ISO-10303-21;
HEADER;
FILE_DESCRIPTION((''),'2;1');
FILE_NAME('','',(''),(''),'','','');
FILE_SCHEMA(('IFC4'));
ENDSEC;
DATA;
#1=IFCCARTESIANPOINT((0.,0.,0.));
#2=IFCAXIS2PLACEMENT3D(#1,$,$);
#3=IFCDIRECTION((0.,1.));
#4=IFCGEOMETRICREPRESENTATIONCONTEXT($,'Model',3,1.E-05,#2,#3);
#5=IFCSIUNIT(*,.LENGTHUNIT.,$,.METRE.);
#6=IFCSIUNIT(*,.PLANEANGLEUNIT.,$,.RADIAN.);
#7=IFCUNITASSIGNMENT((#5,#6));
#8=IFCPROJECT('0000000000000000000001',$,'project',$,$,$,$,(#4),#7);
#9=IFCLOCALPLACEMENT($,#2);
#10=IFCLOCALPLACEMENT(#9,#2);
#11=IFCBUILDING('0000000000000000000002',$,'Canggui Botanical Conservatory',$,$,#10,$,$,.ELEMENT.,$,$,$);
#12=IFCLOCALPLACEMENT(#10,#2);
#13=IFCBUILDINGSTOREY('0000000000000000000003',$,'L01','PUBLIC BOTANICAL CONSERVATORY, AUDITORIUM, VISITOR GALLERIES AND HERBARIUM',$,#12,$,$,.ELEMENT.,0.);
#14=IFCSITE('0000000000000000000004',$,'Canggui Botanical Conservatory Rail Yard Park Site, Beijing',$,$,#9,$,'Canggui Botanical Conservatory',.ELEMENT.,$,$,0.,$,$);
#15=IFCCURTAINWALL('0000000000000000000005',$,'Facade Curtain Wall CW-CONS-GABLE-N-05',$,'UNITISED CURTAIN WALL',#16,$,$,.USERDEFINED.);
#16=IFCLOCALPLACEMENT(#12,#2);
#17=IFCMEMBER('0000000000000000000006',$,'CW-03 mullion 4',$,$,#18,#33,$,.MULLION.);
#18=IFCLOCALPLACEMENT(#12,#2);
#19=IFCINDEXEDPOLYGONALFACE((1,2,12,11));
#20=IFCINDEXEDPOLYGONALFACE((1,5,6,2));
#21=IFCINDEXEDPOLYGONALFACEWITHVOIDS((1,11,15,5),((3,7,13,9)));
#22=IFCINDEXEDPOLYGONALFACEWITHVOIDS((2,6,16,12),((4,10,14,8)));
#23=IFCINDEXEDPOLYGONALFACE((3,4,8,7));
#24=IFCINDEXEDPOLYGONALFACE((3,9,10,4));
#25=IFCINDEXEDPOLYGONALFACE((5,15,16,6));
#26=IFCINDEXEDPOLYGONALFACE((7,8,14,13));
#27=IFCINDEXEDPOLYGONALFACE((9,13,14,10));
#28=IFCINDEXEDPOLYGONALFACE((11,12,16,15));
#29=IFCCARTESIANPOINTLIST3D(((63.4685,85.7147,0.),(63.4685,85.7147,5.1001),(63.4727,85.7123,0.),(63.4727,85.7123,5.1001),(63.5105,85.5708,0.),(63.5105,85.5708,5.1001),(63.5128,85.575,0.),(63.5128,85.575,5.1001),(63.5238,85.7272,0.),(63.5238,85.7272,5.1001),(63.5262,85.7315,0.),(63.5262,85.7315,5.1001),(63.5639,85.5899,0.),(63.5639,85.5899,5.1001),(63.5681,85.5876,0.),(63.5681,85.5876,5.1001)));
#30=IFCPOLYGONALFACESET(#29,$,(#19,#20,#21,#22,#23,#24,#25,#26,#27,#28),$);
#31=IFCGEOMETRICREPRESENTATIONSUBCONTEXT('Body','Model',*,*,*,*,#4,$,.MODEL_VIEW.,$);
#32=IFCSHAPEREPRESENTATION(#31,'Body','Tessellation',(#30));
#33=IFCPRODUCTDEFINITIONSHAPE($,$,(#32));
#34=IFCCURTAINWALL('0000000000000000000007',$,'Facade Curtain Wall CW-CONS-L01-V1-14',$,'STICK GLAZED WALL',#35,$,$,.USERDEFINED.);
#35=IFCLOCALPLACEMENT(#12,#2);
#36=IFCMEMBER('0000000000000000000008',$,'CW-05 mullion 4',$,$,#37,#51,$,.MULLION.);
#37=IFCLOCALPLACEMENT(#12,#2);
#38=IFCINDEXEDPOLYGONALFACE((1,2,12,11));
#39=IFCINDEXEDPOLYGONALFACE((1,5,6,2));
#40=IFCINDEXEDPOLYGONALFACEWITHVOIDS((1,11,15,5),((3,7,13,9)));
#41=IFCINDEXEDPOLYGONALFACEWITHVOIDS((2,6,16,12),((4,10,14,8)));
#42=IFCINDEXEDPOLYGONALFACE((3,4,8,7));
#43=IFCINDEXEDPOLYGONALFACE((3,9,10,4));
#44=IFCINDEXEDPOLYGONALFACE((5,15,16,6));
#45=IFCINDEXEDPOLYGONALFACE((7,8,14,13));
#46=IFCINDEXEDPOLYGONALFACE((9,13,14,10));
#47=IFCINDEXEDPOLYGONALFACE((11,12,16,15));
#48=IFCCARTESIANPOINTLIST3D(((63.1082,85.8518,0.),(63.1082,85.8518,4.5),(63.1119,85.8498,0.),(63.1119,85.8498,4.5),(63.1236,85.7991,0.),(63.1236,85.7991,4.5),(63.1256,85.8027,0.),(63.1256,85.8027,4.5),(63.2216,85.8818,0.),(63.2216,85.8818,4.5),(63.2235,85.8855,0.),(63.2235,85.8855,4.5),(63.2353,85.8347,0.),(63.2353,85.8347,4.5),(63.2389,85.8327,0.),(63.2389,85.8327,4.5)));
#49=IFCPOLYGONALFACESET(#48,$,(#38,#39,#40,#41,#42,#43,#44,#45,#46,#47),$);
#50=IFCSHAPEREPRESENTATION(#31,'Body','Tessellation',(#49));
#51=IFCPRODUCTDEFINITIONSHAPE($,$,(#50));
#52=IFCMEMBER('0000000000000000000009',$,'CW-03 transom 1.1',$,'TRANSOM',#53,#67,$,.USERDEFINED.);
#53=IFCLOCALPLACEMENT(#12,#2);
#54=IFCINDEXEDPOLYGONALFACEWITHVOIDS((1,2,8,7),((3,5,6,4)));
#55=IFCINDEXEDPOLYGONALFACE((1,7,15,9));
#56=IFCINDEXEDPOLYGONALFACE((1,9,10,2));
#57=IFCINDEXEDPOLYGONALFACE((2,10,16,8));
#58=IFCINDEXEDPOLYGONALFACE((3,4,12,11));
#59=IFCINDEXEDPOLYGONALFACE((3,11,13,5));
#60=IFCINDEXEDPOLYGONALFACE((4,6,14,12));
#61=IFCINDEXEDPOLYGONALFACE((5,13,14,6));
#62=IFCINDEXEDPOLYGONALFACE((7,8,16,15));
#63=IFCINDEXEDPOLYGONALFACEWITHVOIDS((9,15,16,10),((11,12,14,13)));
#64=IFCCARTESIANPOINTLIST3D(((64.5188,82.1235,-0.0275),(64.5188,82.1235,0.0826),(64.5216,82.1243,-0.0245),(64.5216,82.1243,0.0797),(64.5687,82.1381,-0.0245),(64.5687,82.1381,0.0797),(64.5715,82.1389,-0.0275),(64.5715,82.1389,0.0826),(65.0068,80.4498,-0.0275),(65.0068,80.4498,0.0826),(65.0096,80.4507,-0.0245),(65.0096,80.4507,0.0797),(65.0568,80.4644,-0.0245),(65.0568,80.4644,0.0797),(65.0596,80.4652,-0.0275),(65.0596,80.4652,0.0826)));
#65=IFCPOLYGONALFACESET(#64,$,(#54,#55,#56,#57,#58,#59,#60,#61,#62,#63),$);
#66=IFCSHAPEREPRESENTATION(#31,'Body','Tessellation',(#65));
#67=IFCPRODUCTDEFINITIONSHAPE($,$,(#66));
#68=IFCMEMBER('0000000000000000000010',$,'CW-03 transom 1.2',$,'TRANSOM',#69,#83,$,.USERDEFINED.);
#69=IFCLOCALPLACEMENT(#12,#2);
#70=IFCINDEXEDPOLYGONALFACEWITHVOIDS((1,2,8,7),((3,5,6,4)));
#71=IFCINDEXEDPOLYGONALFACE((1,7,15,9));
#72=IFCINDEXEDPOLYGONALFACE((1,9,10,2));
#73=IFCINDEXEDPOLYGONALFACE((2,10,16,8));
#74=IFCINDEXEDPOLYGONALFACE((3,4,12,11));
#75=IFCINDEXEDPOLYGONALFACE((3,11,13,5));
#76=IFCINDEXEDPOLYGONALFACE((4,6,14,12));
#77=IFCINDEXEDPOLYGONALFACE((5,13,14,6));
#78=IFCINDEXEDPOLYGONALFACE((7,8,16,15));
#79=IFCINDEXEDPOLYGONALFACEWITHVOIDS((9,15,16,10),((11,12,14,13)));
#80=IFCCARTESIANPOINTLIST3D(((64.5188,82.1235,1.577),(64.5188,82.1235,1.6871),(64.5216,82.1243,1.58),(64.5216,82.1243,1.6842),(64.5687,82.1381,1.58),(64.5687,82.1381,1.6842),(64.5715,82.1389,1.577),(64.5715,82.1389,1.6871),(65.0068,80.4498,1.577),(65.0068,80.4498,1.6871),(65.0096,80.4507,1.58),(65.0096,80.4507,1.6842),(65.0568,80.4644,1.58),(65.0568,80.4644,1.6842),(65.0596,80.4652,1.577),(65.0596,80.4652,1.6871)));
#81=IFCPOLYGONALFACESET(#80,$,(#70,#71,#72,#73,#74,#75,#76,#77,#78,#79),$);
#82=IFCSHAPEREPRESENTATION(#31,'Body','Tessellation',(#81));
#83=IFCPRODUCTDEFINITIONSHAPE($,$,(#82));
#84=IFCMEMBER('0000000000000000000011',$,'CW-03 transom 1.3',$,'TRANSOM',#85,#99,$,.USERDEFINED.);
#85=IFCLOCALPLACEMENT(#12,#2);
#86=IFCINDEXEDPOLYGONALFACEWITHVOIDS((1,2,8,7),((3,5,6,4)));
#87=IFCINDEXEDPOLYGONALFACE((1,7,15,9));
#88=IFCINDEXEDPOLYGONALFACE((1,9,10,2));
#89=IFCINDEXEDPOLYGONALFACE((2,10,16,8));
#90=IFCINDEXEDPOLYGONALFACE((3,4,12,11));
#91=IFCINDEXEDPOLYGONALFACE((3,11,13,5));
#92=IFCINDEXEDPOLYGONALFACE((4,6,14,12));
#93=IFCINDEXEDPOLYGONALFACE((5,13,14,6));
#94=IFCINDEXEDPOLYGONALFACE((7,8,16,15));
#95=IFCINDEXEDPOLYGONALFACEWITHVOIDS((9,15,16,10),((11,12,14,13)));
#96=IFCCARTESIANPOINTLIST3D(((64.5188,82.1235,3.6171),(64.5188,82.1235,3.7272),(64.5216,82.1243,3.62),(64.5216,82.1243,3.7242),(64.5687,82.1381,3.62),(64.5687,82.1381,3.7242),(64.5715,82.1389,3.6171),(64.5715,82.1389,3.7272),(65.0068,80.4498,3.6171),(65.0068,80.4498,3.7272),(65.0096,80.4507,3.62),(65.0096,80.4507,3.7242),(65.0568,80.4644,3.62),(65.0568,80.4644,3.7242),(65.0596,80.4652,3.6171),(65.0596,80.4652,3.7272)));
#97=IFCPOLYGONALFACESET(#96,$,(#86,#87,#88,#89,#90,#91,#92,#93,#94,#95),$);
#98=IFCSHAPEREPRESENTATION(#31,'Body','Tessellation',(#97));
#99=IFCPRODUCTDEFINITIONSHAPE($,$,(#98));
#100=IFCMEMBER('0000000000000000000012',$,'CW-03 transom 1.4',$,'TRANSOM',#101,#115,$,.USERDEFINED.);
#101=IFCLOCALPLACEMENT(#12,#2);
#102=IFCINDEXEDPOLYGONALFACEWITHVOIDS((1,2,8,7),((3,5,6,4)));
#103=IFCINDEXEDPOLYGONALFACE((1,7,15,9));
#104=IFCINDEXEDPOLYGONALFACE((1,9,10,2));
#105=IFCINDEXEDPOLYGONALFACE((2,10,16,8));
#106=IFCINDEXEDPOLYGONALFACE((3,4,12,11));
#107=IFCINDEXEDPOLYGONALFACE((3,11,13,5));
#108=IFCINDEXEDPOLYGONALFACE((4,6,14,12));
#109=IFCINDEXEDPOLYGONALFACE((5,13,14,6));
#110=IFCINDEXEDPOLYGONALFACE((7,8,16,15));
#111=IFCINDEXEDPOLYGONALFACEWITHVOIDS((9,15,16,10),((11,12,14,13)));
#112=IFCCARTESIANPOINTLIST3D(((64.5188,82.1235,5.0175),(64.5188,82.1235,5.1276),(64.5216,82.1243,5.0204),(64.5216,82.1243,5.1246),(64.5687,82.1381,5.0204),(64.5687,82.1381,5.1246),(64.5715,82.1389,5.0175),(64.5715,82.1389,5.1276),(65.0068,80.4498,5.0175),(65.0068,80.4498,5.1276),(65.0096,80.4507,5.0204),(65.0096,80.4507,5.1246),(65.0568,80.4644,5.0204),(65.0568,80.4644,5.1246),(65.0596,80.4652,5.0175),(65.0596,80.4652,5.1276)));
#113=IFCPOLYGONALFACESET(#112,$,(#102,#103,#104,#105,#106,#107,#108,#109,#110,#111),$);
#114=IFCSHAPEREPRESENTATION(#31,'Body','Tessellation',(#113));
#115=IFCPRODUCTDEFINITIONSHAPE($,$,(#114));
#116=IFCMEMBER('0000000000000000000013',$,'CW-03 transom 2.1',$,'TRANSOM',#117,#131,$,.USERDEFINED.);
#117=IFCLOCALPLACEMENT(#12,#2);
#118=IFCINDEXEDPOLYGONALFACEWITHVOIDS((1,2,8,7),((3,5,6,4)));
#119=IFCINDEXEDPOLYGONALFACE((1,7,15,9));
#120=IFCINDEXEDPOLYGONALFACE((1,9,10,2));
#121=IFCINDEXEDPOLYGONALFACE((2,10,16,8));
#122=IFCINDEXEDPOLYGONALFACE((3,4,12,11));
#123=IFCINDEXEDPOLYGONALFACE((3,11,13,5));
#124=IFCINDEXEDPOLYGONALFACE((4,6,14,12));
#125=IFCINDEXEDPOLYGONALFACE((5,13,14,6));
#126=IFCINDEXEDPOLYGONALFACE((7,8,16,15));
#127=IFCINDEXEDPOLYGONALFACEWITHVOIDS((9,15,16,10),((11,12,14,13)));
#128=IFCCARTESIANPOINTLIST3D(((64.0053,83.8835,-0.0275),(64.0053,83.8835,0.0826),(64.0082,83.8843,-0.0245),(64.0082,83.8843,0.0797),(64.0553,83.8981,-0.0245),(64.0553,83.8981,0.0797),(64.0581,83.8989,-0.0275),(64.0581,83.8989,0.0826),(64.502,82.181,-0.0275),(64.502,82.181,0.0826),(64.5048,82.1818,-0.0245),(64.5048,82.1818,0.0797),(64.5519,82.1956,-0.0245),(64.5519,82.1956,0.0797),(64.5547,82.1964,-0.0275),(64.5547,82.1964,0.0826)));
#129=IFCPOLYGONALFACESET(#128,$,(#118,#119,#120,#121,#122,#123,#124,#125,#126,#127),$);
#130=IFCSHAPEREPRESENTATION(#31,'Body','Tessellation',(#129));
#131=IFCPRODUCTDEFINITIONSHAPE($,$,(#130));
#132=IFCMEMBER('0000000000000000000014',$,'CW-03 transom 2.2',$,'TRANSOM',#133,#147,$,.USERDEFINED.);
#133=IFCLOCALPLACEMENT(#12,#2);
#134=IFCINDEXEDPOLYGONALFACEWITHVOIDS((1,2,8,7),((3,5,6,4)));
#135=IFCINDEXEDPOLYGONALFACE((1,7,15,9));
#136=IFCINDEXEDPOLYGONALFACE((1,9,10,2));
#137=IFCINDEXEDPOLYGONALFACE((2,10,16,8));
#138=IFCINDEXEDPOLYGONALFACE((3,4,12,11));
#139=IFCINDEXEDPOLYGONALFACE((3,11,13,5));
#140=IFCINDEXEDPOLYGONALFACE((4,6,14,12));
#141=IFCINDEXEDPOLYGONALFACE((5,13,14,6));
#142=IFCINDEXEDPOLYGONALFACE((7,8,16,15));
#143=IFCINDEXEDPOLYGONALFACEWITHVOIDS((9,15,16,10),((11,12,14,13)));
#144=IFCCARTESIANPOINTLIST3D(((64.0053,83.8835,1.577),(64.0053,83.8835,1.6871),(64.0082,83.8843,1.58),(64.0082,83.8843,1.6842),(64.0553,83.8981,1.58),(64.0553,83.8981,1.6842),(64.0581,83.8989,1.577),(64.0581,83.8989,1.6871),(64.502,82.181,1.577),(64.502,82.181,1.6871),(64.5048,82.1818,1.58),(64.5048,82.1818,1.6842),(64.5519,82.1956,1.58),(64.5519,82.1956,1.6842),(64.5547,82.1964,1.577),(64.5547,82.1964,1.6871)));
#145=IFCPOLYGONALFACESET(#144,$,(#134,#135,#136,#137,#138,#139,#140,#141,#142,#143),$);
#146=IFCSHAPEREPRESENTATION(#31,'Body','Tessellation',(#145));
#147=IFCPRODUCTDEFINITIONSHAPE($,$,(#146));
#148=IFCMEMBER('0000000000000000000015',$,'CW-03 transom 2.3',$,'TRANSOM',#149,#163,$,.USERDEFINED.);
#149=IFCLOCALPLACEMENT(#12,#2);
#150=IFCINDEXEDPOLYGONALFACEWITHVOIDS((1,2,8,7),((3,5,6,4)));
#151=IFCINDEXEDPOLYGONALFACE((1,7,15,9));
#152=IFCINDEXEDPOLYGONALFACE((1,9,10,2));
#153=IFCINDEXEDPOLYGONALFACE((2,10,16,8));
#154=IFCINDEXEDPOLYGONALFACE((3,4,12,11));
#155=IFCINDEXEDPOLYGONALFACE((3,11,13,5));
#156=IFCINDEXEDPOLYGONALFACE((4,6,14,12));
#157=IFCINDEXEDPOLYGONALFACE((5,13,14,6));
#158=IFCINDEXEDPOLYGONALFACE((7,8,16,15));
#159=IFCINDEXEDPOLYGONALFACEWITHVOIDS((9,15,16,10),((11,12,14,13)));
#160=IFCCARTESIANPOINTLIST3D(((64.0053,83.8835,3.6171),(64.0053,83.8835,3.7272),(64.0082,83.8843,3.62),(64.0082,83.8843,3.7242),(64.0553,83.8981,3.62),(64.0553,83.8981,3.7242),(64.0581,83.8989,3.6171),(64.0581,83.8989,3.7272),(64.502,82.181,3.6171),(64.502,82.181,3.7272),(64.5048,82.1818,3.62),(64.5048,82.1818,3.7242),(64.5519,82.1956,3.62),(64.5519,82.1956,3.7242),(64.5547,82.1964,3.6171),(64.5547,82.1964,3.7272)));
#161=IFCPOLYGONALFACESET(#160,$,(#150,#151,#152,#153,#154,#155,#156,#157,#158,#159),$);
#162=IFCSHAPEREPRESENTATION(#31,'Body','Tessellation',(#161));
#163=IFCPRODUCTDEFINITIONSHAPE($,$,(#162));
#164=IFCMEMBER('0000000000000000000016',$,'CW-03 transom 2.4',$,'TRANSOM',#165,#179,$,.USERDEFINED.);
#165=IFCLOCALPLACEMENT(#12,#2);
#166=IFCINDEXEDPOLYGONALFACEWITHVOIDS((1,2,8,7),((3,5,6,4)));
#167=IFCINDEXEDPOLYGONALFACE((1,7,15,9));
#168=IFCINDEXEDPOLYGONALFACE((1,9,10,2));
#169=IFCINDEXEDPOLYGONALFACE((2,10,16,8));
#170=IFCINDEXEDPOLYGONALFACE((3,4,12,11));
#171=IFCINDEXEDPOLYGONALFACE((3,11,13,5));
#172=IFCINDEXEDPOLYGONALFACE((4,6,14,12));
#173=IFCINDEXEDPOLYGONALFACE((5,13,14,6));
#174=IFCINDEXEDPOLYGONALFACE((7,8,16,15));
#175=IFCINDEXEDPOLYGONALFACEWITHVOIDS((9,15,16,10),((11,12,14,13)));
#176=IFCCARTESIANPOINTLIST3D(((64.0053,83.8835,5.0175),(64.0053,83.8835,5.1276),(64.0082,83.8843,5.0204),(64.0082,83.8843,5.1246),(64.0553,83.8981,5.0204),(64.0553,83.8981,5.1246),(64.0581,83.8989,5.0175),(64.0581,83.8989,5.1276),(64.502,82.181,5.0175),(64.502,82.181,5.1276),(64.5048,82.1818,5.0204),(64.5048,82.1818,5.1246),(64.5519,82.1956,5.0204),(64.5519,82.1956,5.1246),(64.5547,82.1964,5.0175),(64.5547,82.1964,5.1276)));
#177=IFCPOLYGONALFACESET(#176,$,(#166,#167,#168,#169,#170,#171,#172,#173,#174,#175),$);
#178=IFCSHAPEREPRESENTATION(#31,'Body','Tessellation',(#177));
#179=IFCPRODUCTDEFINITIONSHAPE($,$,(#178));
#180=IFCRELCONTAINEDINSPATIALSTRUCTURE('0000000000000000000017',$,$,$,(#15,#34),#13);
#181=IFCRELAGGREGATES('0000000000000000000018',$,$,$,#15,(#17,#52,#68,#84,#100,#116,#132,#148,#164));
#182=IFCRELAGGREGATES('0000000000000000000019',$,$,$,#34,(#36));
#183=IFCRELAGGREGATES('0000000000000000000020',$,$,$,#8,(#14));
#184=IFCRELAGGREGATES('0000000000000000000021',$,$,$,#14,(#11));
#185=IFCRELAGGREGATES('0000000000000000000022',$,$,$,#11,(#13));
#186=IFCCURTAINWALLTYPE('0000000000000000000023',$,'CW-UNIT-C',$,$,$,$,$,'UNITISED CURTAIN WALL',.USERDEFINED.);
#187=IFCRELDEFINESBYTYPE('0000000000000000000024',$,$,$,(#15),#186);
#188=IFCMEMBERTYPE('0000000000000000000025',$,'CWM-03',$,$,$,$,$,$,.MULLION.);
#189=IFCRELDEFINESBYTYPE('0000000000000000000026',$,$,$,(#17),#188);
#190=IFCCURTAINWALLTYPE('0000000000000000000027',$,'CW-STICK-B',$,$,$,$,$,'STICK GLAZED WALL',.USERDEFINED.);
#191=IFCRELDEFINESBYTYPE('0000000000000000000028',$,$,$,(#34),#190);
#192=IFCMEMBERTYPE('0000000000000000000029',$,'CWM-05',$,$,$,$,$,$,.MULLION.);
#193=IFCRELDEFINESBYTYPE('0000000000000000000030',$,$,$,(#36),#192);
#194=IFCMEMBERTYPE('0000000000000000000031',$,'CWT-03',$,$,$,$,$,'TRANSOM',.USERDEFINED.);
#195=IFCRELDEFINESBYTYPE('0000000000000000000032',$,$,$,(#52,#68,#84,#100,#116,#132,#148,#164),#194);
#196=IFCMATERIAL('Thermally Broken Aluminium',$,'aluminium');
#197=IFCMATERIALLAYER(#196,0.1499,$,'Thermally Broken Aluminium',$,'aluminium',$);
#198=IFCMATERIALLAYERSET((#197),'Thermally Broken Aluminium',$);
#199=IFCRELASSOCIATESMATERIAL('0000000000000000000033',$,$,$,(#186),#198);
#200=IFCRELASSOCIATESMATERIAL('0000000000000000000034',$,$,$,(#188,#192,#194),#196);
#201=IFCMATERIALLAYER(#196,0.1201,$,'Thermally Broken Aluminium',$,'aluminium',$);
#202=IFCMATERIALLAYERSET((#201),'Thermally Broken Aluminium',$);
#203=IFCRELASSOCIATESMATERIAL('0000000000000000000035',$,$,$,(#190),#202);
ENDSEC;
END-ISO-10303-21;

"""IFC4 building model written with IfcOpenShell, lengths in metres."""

from ifc_helpers import new_model, si_unit, direction, frame, origin, origin_2d, place, context, subcontext, project, spatial, hollow_rectangle, extrude, material, layer, layer_set, material_profile, profile_set, type_object, element, aggregate, save


model = new_model("IFC4")

# Units and contexts
model_context = context("Model", 3, precision=1e-05, world=origin(), true_north=direction((0.0, 1.0)))
body_context = subcontext(model_context, "Body", "Model", "MODEL_VIEW")
ifc_project = project(units=[si_unit("LENGTHUNIT", "METRE"), si_unit("PLANEANGLEUNIT", "RADIAN")], contexts=[model_context])

# Site, building, storey
site_placement = place(None, origin())
site = spatial("IfcSite", under=ifc_project, at=site_placement, Name="Canggui Botanical Conservatory Rail Yard Park Site, Beijing", LongName="Canggui Botanical Conservatory", CompositionType="ELEMENT", RefElevation=0.0)
building_placement = place(site_placement, origin())
building = spatial("IfcBuilding", under=site, at=building_placement, Name="Canggui Botanical Conservatory", CompositionType="ELEMENT")
storey_placement = place(building_placement, origin())
storey = spatial("IfcBuildingStorey", under=building, at=storey_placement, Name="L01", Description="PUBLIC BOTANICAL CONSERVATORY, AUDITORIUM, VISITOR GALLERIES AND HERBARIUM", CompositionType="ELEMENT", Elevation=0.0)

# Curtain wall, member
ifc_material_1 = material(Name="Thermally Broken Aluminium", Category="aluminium")
ifc_layer_1 = layer(ifc_material_1, 0.1499, Name="Thermally Broken Aluminium", Category="aluminium")
ifc_layer_set_1 = layer_set([ifc_layer_1], Name="Thermally Broken Aluminium")
curtain_wall_type_1 = type_object("IfcCurtainWallType", Name="CW-UNIT-C", ElementType="UNITISED CURTAIN WALL", PredefinedType="USERDEFINED", material=ifc_layer_set_1)
curtain_wall_1_placement = place(storey_placement, origin())
curtain_wall_1 = element("IfcCurtainWall", 1, at=curtain_wall_1_placement, inside=storey, type_object=curtain_wall_type_1, Name="Facade Curtain Wall CW-CONS-GABLE-N-05", ObjectType="UNITISED CURTAIN WALL", PredefinedType="USERDEFINED")
ifc_material_profile_1 = material_profile(ifc_material_1, hollow_rectangle(XDim=0.0601, YDim=0.1499, WallThickness=0.0034, at=origin_2d()), Name="CWM 60x150x3.5")
ifc_profile_set_1 = profile_set([ifc_material_profile_1], Name="Thermally Broken Aluminium")
member_type_1 = type_object("IfcMemberType", Name="CWM-03", PredefinedType="MULLION", material=ifc_profile_set_1)
member_1_placement = place(storey_placement, frame((63.5183, 85.6511, 0.0), z_axis=(0.0, 0.0, 1.0), x_axis=(-0.96, -0.28, 0.0)))
member_1 = element("IfcMember", 2, at=member_1_placement, type_object=member_type_1, Name="CW-03 mullion 4", PredefinedType="MULLION", context=body_context, shape_type="SweptSolid", body=[
    extrude(hollow_rectangle(XDim=0.0601, YDim=0.1499, WallThickness=0.0034, at=origin_2d()), origin(), (0.0, 0.0, 1.0), 5.1001),
])

# Curtain wall, member
ifc_layer_2 = layer(ifc_material_1, 0.1201, Name="Thermally Broken Aluminium", Category="aluminium")
ifc_layer_set_2 = layer_set([ifc_layer_2], Name="Thermally Broken Aluminium")
curtain_wall_type_2 = type_object("IfcCurtainWallType", Name="CW-STICK-B", ElementType="STICK GLAZED WALL", PredefinedType="USERDEFINED", material=ifc_layer_set_2)
curtain_wall_2_placement = place(storey_placement, origin())
curtain_wall_2 = element("IfcCurtainWall", 3, at=curtain_wall_2_placement, inside=storey, type_object=curtain_wall_type_2, Name="Facade Curtain Wall CW-CONS-L01-V1-14", ObjectType="STICK GLAZED WALL", PredefinedType="USERDEFINED")
ifc_material_profile_2 = material_profile(ifc_material_1, hollow_rectangle(XDim=0.0549, YDim=0.1201, WallThickness=0.0029, at=origin_2d()), Name="CWM 55x120x3")
ifc_profile_set_2 = profile_set([ifc_material_profile_2], Name="Thermally Broken Aluminium")
member_type_2 = type_object("IfcMemberType", Name="CWM-05", PredefinedType="MULLION", material=ifc_profile_set_2)
member_2_placement = place(storey_placement, frame((63.1736, 85.8423, 0.0), z_axis=(0.0, 0.0, 1.0), x_axis=(-0.28, 0.96, 0.0)))
member_2 = element("IfcMember", 4, at=member_2_placement, type_object=member_type_2, Name="CW-05 mullion 4", PredefinedType="MULLION", context=body_context, shape_type="SweptSolid", body=[
    extrude(hollow_rectangle(XDim=0.0549, YDim=0.1201, WallThickness=0.0029, at=origin_2d()), origin(), (0.0, 0.0, 1.0), 4.5),
])

# Members
ifc_material_profile_3 = material_profile(ifc_material_1, hollow_rectangle(XDim=0.0549, YDim=0.1101, WallThickness=0.0029, at=origin_2d()), Name="CWT 55x110x3")
ifc_profile_set_3 = profile_set([ifc_material_profile_3], Name="Thermally Broken Aluminium")
member_type_3 = type_object("IfcMemberType", Name="CWT-03", ElementType="TRANSOM", PredefinedType="USERDEFINED", material=ifc_profile_set_3)
member_3_placement = place(storey_placement, frame((65.0332, 80.4575, 0.0276), z_axis=(-0.279952, 0.960014, 0.0), x_axis=(-0.960014, -0.279952, 0.0)))
member_3 = element("IfcMember", 5, at=member_3_placement, type_object=member_type_3, Name="CW-03 transom 1.1", ObjectType="TRANSOM", PredefinedType="USERDEFINED", context=body_context, shape_type="SweptSolid", body=[
    extrude(hollow_rectangle(XDim=0.0549, YDim=0.1101, WallThickness=0.0029, at=origin_2d()), origin(), (0.0, 0.0, 1.0), 1.7434),
])
member_4_placement = place(storey_placement, frame((65.0332, 80.4575, 1.6321), z_axis=(-0.279952, 0.960014, 0.0), x_axis=(-0.960014, -0.279952, 0.0)))
member_4 = element("IfcMember", 6, at=member_4_placement, type_object=member_type_3, Name="CW-03 transom 1.2", ObjectType="TRANSOM", PredefinedType="USERDEFINED", context=body_context, shape_type="SweptSolid", body=[
    extrude(hollow_rectangle(XDim=0.0549, YDim=0.1101, WallThickness=0.0029, at=origin_2d()), origin(), (0.0, 0.0, 1.0), 1.7434),
])
member_5_placement = place(storey_placement, frame((65.0332, 80.4575, 3.6721), z_axis=(-0.279952, 0.960014, 0.0), x_axis=(-0.960014, -0.279952, 0.0)))
member_5 = element("IfcMember", 7, at=member_5_placement, type_object=member_type_3, Name="CW-03 transom 1.3", ObjectType="TRANSOM", PredefinedType="USERDEFINED", context=body_context, shape_type="SweptSolid", body=[
    extrude(hollow_rectangle(XDim=0.0549, YDim=0.1101, WallThickness=0.0029, at=origin_2d()), origin(), (0.0, 0.0, 1.0), 1.7434),
])
member_6_placement = place(storey_placement, frame((65.0332, 80.4575, 5.0725), z_axis=(-0.279952, 0.960014, 0.0), x_axis=(-0.960014, -0.279952, 0.0)))
member_6 = element("IfcMember", 8, at=member_6_placement, type_object=member_type_3, Name="CW-03 transom 1.4", ObjectType="TRANSOM", PredefinedType="USERDEFINED", context=body_context, shape_type="SweptSolid", body=[
    extrude(hollow_rectangle(XDim=0.0549, YDim=0.1101, WallThickness=0.0029, at=origin_2d()), origin(), (0.0, 0.0, 1.0), 1.7434),
])
member_7_placement = place(storey_placement, frame((64.5283, 82.1887, 0.0276), z_axis=(-0.280026, 0.959992, 0.0), x_axis=(-0.959992, -0.280026, 0.0)))
member_7 = element("IfcMember", 9, at=member_7_placement, type_object=member_type_3, Name="CW-03 transom 2.1", ObjectType="TRANSOM", PredefinedType="USERDEFINED", context=body_context, shape_type="SweptSolid", body=[
    extrude(hollow_rectangle(XDim=0.0549, YDim=0.1101, WallThickness=0.0029, at=origin_2d()), origin(), (0.0, 0.0, 1.0), 1.7734),
])
member_8_placement = place(storey_placement, frame((64.5283, 82.1887, 1.6321), z_axis=(-0.280026, 0.959992, 0.0), x_axis=(-0.959992, -0.280026, 0.0)))
member_8 = element("IfcMember", 10, at=member_8_placement, type_object=member_type_3, Name="CW-03 transom 2.2", ObjectType="TRANSOM", PredefinedType="USERDEFINED", context=body_context, shape_type="SweptSolid", body=[
    extrude(hollow_rectangle(XDim=0.0549, YDim=0.1101, WallThickness=0.0029, at=origin_2d()), origin(), (0.0, 0.0, 1.0), 1.7734),
])
member_9_placement = place(storey_placement, frame((64.5283, 82.1887, 3.6721), z_axis=(-0.280026, 0.959992, 0.0), x_axis=(-0.959992, -0.280026, 0.0)))
member_9 = element("IfcMember", 11, at=member_9_placement, type_object=member_type_3, Name="CW-03 transom 2.3", ObjectType="TRANSOM", PredefinedType="USERDEFINED", context=body_context, shape_type="SweptSolid", body=[
    extrude(hollow_rectangle(XDim=0.0549, YDim=0.1101, WallThickness=0.0029, at=origin_2d()), origin(), (0.0, 0.0, 1.0), 1.7734),
])
member_10_placement = place(storey_placement, frame((64.5283, 82.1887, 5.0725), z_axis=(-0.280026, 0.959992, 0.0), x_axis=(-0.959992, -0.280026, 0.0)))
member_10 = element("IfcMember", 12, at=member_10_placement, type_object=member_type_3, Name="CW-03 transom 2.4", ObjectType="TRANSOM", PredefinedType="USERDEFINED", context=body_context, shape_type="SweptSolid", body=[
    extrude(hollow_rectangle(XDim=0.0549, YDim=0.1101, WallThickness=0.0029, at=origin_2d()), origin(), (0.0, 0.0, 1.0), 1.7734),
])

aggregate(curtain_wall_1, [member_1, member_3, member_4, member_5, member_6, member_7, member_8, member_9, member_10])
aggregate(curtain_wall_2, [member_2])

save(model, "model.ifc")
